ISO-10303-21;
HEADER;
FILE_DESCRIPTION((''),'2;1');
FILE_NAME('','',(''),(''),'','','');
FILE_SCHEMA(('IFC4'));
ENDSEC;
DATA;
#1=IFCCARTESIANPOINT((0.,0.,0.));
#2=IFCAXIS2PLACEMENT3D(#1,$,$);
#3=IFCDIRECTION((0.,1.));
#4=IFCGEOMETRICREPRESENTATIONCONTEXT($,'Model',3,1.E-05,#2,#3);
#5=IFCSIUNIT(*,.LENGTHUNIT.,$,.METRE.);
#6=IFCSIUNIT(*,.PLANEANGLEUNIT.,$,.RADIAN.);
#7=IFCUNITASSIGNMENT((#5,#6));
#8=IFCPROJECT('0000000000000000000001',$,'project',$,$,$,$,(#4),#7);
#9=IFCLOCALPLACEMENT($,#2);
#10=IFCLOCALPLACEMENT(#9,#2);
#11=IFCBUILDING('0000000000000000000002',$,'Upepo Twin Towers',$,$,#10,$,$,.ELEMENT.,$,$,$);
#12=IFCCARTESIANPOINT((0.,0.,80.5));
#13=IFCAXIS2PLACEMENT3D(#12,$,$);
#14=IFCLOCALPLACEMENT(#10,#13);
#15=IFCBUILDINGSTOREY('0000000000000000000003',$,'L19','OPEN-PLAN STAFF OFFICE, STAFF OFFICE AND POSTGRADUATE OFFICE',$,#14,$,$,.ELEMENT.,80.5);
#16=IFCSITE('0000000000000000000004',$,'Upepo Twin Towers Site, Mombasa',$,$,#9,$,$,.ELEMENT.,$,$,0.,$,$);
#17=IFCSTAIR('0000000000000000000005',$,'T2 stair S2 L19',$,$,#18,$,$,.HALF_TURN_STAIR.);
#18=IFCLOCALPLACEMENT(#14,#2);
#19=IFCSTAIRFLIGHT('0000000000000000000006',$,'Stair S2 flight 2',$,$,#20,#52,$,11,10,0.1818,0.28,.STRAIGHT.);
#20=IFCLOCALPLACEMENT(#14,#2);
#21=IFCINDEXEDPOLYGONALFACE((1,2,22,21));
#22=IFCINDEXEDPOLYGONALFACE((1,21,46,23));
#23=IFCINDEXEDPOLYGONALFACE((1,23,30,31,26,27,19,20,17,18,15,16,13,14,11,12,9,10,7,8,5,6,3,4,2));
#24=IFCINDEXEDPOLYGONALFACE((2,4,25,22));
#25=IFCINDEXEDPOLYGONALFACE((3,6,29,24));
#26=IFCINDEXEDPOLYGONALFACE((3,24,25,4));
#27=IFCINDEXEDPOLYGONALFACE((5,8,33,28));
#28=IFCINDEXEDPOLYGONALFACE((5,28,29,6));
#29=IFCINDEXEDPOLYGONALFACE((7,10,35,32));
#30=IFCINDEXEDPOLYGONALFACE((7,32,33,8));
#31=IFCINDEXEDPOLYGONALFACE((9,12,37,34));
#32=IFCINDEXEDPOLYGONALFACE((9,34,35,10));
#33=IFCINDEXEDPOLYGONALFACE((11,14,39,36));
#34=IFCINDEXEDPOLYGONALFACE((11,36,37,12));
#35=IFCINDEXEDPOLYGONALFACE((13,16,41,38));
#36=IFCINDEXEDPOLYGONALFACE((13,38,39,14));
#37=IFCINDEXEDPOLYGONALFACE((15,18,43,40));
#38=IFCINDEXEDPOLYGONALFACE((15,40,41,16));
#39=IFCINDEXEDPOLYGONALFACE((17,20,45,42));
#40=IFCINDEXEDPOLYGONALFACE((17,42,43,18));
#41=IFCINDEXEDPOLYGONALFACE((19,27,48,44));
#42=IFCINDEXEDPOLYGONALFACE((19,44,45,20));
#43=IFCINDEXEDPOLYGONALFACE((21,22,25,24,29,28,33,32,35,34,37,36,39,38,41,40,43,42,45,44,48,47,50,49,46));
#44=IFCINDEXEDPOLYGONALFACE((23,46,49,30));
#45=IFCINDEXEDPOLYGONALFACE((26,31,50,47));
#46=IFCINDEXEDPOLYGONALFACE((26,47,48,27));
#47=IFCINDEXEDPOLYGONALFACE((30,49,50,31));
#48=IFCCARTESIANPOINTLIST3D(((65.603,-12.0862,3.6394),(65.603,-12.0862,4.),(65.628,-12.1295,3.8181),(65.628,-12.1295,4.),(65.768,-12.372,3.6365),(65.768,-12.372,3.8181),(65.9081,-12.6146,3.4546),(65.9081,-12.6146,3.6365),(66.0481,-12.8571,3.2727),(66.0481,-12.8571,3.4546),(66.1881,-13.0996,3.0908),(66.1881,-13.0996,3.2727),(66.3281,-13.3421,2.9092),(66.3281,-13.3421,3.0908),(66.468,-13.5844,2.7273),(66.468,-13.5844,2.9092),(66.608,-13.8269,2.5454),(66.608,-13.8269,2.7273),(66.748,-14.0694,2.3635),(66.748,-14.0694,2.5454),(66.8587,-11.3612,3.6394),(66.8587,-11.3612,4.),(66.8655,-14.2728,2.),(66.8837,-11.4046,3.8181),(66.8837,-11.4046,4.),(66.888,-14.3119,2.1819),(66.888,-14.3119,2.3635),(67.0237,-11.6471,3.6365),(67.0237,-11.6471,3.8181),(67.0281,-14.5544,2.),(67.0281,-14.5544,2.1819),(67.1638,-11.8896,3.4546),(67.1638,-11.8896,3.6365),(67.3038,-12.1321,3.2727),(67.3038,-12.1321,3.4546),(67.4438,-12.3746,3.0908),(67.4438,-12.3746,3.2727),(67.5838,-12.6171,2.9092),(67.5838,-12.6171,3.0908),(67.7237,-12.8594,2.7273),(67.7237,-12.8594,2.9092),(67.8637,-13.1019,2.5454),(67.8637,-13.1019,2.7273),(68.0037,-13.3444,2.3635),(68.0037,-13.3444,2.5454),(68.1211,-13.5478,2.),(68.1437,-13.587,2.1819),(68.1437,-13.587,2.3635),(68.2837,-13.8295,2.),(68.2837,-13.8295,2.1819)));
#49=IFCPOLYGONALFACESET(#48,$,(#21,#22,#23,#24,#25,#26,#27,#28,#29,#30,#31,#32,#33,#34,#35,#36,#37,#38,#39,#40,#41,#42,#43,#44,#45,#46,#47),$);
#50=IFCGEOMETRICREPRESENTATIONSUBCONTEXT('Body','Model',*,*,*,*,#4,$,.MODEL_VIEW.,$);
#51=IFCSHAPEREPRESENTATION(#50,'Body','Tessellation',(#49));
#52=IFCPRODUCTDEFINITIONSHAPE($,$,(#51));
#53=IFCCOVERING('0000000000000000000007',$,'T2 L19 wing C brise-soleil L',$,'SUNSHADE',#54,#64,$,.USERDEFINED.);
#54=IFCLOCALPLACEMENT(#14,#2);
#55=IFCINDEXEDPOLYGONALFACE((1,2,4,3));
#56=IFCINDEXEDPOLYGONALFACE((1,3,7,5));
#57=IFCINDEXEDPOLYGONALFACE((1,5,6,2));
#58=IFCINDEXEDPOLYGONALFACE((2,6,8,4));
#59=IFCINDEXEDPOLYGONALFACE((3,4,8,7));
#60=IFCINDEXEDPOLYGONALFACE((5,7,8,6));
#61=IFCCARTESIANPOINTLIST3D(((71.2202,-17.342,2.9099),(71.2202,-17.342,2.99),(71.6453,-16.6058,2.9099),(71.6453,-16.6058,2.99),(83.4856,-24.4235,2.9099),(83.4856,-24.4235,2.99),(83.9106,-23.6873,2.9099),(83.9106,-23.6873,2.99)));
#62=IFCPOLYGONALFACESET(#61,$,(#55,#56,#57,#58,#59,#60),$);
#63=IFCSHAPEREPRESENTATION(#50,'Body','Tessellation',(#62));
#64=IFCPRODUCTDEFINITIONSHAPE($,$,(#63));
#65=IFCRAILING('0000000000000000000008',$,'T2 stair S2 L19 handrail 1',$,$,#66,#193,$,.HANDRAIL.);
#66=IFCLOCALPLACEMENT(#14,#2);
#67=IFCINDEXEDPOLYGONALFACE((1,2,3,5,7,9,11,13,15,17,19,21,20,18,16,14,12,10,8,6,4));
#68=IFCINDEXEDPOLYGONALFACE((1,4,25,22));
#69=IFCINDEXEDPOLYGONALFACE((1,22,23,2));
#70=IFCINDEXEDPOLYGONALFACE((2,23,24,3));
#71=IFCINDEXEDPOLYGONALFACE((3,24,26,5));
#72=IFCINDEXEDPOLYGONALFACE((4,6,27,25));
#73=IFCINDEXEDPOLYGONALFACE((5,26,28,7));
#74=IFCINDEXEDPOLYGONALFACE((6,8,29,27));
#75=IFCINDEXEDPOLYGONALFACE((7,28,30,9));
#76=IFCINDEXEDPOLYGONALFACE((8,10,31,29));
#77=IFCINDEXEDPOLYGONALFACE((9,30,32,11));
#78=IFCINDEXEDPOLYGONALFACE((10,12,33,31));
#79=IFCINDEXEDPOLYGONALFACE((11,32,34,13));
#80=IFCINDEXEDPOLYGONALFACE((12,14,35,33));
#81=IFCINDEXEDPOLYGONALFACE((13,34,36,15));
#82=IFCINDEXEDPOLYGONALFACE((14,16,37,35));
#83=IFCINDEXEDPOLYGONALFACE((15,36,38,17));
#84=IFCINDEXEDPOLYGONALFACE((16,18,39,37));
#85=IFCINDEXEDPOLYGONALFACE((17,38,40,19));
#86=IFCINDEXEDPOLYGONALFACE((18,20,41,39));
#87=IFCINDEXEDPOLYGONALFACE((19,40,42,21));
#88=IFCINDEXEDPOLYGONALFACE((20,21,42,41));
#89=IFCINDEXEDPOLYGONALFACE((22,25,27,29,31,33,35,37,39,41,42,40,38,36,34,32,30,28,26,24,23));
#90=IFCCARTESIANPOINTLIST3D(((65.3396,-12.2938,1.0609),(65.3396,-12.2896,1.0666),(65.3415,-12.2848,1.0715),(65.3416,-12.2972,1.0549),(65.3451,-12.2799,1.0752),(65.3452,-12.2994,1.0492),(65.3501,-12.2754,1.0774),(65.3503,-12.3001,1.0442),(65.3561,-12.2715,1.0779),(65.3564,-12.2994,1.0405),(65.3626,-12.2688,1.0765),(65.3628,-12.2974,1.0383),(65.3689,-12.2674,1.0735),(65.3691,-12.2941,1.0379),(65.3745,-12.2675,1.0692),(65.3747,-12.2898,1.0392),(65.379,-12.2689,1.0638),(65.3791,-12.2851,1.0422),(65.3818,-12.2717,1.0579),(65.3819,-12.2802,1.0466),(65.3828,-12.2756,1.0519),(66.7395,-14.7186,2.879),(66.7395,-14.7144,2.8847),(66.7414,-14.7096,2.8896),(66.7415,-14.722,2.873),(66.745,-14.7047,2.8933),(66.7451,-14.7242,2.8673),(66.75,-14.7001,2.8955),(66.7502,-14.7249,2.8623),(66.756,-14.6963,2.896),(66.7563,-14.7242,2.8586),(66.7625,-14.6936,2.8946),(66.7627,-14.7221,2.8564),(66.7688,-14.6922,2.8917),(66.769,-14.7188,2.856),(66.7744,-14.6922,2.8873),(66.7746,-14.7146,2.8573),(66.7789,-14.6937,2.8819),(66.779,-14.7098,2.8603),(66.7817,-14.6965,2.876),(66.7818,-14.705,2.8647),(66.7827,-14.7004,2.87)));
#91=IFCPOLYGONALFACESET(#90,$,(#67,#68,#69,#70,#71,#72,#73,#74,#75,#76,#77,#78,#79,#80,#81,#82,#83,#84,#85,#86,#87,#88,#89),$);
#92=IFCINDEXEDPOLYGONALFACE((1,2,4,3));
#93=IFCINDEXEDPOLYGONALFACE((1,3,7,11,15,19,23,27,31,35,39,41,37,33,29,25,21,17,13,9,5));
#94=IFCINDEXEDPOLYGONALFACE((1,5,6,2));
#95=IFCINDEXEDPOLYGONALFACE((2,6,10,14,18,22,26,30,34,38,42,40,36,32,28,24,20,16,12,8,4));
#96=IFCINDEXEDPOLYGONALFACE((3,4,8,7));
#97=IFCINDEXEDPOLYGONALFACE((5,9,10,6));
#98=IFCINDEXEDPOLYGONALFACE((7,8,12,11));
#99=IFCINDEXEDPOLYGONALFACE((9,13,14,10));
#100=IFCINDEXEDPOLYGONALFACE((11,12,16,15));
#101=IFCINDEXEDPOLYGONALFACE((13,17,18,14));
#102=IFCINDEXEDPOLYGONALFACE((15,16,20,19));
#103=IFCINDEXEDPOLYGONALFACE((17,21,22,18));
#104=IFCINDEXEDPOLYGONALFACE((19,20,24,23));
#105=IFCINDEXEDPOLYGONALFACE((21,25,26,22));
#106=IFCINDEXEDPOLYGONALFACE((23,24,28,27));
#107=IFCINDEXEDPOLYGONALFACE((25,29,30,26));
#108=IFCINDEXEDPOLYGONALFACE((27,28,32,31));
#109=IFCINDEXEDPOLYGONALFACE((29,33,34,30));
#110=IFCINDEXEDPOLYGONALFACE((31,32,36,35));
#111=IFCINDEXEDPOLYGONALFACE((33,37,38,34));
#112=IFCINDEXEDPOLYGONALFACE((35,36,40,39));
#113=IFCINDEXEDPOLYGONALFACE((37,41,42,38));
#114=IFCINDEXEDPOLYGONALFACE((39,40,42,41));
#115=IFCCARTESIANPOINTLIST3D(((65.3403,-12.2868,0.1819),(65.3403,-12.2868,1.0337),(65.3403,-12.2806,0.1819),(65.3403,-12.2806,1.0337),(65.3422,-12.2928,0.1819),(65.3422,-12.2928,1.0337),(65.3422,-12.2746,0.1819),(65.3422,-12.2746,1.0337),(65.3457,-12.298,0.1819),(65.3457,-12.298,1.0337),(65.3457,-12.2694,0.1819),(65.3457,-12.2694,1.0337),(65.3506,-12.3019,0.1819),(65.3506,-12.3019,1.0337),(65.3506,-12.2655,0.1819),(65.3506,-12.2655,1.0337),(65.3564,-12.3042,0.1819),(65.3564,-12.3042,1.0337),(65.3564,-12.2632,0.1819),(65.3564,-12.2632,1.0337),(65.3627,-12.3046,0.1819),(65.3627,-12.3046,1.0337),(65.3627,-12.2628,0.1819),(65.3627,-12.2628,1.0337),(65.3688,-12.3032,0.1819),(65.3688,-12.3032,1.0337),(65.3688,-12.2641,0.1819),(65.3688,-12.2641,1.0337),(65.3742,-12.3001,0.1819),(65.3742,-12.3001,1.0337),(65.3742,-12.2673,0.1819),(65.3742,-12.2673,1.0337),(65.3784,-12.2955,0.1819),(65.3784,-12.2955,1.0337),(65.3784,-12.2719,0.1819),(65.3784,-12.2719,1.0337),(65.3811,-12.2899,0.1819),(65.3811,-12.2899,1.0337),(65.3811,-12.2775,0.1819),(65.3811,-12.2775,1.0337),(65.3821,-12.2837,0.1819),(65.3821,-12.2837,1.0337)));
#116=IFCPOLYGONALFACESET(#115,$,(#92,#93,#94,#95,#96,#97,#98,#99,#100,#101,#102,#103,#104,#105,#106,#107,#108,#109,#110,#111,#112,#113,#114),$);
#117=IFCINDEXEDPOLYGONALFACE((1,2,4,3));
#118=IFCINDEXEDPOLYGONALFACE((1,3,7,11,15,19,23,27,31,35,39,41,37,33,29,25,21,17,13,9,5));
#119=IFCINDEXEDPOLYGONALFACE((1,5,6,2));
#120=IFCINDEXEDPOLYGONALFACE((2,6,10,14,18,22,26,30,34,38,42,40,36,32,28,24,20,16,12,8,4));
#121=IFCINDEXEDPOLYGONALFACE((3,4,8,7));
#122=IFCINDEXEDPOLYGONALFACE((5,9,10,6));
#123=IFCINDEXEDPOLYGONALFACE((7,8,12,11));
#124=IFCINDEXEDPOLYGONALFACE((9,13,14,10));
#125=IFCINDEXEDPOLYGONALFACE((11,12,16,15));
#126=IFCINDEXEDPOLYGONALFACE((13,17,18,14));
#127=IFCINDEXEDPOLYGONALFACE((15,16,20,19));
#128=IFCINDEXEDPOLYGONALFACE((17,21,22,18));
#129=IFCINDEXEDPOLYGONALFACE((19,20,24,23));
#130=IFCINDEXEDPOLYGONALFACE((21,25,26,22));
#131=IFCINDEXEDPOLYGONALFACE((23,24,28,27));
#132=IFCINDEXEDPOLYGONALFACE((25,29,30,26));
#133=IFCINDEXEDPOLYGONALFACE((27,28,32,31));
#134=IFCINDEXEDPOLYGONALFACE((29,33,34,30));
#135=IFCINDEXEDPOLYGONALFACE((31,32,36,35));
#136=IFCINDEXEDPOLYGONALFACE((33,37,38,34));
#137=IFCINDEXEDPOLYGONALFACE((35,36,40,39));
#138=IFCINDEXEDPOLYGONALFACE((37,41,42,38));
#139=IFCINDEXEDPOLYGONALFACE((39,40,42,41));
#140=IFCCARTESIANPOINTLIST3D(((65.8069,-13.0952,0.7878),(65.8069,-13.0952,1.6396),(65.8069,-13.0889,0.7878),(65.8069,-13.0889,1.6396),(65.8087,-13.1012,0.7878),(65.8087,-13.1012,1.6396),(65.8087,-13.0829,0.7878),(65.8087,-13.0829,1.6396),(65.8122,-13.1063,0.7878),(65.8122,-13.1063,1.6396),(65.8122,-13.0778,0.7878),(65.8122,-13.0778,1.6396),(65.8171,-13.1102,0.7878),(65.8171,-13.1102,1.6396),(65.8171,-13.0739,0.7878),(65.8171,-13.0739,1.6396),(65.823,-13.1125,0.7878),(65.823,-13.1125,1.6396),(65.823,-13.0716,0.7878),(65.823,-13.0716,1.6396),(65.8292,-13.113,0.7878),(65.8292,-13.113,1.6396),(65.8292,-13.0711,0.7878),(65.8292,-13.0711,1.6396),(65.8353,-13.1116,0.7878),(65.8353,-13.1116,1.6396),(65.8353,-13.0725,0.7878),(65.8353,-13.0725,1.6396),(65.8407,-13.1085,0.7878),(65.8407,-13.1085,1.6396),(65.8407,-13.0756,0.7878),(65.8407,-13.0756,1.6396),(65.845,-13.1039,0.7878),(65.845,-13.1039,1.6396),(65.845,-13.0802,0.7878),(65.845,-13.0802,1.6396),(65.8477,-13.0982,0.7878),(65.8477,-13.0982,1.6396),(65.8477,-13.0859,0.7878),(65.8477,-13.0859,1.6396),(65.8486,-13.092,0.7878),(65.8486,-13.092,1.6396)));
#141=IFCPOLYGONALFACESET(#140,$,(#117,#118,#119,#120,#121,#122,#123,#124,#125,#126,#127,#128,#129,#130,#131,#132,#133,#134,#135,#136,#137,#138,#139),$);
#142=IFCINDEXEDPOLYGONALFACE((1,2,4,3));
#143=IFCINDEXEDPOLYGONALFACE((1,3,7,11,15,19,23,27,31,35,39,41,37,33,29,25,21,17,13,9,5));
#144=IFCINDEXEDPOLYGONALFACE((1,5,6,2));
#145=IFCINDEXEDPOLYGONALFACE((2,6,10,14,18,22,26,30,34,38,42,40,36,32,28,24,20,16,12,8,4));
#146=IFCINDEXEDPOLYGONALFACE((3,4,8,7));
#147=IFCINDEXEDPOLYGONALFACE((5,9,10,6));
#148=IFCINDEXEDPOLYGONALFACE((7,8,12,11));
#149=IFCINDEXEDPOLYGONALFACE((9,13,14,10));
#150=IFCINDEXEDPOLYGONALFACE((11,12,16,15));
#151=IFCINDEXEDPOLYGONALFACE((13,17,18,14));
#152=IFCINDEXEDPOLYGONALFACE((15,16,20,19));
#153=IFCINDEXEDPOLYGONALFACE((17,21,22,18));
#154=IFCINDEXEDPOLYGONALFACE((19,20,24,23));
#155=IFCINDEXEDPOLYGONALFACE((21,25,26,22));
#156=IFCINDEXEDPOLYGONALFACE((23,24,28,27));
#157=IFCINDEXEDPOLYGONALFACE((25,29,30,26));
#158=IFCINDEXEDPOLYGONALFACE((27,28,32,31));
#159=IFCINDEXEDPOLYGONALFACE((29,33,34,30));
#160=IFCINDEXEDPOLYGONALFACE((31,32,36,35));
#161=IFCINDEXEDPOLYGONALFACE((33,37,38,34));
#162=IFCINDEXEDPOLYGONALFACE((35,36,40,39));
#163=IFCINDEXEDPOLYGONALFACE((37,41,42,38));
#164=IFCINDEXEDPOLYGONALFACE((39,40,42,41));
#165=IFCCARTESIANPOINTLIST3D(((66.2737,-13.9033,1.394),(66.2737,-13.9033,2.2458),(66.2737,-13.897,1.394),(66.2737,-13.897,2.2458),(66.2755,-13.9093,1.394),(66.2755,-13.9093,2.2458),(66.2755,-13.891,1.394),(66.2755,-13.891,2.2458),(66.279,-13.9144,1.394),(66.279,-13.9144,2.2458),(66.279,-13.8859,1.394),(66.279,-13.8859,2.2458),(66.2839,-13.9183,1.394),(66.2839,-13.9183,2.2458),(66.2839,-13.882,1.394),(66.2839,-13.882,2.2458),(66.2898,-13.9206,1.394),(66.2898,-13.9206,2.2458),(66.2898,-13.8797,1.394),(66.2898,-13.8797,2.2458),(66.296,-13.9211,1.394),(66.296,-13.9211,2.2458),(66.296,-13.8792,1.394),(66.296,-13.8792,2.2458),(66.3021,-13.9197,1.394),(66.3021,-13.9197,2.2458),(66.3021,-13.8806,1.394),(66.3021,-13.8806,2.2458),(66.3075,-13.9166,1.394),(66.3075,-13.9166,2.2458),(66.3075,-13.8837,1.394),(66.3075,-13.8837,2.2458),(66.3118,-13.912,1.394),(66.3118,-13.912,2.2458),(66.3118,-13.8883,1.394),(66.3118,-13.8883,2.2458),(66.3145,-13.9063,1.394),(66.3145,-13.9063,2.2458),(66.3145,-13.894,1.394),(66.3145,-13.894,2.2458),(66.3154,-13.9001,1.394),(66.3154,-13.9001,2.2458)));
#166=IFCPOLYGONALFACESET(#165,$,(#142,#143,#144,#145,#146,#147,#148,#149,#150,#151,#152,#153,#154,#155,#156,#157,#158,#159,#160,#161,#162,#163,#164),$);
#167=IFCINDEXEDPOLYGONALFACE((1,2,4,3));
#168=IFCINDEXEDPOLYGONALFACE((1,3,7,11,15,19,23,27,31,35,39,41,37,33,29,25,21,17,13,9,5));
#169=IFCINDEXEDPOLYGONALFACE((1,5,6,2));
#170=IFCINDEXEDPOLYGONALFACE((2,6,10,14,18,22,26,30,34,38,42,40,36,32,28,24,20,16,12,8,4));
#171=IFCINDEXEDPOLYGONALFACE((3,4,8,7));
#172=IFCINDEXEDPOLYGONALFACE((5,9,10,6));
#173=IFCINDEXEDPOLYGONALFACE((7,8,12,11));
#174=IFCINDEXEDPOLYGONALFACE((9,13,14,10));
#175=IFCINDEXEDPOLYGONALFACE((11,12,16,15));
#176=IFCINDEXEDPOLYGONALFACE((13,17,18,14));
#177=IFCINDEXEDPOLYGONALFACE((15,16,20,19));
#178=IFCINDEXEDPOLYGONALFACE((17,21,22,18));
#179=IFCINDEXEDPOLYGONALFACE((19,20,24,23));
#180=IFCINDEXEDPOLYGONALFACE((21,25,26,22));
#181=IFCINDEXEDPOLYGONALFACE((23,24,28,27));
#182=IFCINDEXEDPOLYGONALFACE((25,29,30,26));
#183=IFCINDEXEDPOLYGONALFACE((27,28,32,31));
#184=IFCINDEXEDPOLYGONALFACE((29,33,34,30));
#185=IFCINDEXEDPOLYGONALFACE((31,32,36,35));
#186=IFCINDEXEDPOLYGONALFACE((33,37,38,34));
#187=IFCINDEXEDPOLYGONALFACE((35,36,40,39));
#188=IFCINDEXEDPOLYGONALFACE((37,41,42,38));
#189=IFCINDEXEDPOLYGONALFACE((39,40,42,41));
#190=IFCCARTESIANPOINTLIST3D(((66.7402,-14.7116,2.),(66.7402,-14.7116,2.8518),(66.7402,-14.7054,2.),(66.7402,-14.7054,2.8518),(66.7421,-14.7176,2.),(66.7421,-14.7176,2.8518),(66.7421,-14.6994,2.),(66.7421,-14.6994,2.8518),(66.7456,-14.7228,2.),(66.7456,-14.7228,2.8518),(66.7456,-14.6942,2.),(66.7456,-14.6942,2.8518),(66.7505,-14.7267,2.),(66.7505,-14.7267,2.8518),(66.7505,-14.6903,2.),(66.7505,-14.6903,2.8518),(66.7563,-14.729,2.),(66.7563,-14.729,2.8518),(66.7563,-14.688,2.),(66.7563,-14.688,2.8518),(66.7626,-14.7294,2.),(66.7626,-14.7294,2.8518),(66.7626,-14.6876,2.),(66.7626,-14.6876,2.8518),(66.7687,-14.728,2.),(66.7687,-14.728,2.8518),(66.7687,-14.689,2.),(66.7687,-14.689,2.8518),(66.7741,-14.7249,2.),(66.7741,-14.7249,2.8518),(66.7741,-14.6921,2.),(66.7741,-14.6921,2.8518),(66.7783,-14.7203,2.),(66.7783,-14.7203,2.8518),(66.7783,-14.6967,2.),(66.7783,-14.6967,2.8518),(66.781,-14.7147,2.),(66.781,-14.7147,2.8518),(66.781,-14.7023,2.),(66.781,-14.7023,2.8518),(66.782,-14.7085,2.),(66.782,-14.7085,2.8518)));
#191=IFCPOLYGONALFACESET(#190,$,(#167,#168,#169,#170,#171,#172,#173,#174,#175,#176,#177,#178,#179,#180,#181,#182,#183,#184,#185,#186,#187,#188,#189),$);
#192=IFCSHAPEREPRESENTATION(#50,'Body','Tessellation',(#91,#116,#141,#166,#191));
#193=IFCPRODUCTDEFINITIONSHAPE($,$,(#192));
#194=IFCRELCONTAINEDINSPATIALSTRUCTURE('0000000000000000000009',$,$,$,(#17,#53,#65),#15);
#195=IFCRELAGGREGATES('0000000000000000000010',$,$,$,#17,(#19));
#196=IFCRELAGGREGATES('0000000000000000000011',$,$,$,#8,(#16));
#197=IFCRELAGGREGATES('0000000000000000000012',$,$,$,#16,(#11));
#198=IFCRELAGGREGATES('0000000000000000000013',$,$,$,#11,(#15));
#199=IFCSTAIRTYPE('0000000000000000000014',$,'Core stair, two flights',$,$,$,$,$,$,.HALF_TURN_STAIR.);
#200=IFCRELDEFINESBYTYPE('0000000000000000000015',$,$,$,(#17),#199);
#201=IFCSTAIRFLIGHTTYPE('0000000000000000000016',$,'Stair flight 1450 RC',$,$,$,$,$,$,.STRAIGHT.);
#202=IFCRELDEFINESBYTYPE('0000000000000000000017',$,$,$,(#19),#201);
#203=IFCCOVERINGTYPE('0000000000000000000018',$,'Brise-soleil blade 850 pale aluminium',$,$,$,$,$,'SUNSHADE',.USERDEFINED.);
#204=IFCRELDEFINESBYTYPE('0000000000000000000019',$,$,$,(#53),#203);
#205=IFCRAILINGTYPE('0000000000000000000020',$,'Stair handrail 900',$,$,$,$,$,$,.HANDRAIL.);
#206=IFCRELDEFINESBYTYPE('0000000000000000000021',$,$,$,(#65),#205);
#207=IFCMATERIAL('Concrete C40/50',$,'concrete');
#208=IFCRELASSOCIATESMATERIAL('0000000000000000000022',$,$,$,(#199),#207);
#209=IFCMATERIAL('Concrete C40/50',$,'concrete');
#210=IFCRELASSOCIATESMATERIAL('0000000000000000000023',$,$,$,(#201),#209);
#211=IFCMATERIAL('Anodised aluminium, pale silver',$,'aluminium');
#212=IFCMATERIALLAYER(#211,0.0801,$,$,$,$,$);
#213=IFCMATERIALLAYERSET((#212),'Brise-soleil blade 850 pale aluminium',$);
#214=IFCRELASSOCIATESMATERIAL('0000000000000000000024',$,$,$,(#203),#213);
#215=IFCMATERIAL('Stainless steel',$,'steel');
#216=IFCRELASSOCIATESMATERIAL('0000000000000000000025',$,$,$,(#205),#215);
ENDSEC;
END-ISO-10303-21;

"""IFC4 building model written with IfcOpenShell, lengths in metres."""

from ifc_helpers import new_model, si_unit, direction, frame, origin, origin_2d, place, context, subcontext, project, spatial, polyline, rectangle, circle, outline, extrude, material, layer, layer_set, type_object, element, aggregate, save


model = new_model("IFC4")

# Units and contexts
model_context = context("Model", 3, precision=1e-05, world=origin(), true_north=direction((0.0, 1.0)))
body_context = subcontext(model_context, "Body", "Model", "MODEL_VIEW")
ifc_project = project(units=[si_unit("LENGTHUNIT", "METRE"), si_unit("PLANEANGLEUNIT", "RADIAN")], contexts=[model_context])

# Site, building, storey
site_placement = place(None, origin())
site = spatial("IfcSite", under=ifc_project, at=site_placement, Name="Upepo Twin Towers Site, Mombasa", CompositionType="ELEMENT", RefElevation=0.0)
building_placement = place(site_placement, origin())
building = spatial("IfcBuilding", under=site, at=building_placement, Name="Upepo Twin Towers", CompositionType="ELEMENT")
storey_placement = place(building_placement, frame((0.0, 0.0, 80.5)))
storey = spatial("IfcBuildingStorey", under=building, at=storey_placement, Name="L19", Description="OPEN-PLAN STAFF OFFICE, STAFF OFFICE AND POSTGRADUATE OFFICE", CompositionType="ELEMENT", Elevation=80.5)

# Stair, stair flight
ifc_material_1 = material(Name="Concrete C40/50", Category="concrete")
stair_type = type_object("IfcStairType", Name="Core stair, two flights", PredefinedType="HALF_TURN_STAIR", material=ifc_material_1)
stair_placement = place(storey_placement, origin())
stair = element("IfcStair", 1, at=stair_placement, inside=storey, type_object=stair_type, Name="T2 stair S2 L19", PredefinedType="HALF_TURN_STAIR")
ifc_material_2 = material(Name="Concrete C40/50", Category="concrete")
stair_flight_type = type_object("IfcStairFlightType", Name="Stair flight 1450 RC", PredefinedType="STRAIGHT", material=ifc_material_2)
stair_flight_placement = place(storey_placement, frame((67.656, -14.1919, 2.0), z_axis=(0.0, 0.0, 1.0), x_axis=(-0.5, 0.866025, 0.0)))
stair_flight = element("IfcStairFlight", 2, at=stair_flight_placement, type_object=stair_flight_type, Name="Stair S2 flight 2", NumberOfRisers=11, NumberOfTreads=10, PredefinedType="STRAIGHT", RiserHeight=0.1818, TreadLength=0.28, context=body_context, shape_type="SweptSolid", body=[
    extrude(outline(polyline([(0.0, 0.0), (0.0, 0.1819), (0.28, 0.1819), (0.28, 0.3635), (0.5601, 0.3635), (0.5601, 0.5454), (0.8401, 0.5454), (0.8401, 0.7273), (1.1201, 0.7273), (1.1201, 0.9092), (1.3999, 0.9092), (1.3999, 1.0908), (1.6799, 1.0908), (1.6799, 1.2727), (1.96, 1.2727), (1.96, 1.4546), (2.24, 1.4546), (2.24, 1.6365), (2.52, 1.6365), (2.52, 1.8181), (2.8, 1.8181), (2.8, 2.0), (2.8501, 2.0), (2.8501, 1.6394), (0.3252, 0.0), (0.0, 0.0)])), frame((0.0, 0.7251, 0.0), z_axis=(0.0, -1.0, 0.0), x_axis=(1.0, 0.0, 0.0)), (0.0, 0.0, 1.0), 1.45),
])
aggregate(stair, [stair_flight])

# Covering
ifc_material_3 = material(Name="Anodised aluminium, pale silver", Category="aluminium")
ifc_layer_1 = layer(ifc_material_3, 0.0801)
ifc_layer_set_1 = layer_set([ifc_layer_1], Name="Brise-soleil blade 850 pale aluminium")
covering_type = type_object("IfcCoveringType", Name="Brise-soleil blade 850 pale aluminium", ElementType="SUNSHADE", PredefinedType="USERDEFINED", material=ifc_layer_set_1)
covering_placement = place(storey_placement, frame((77.5654, -20.5146, 2.9099), z_axis=(0.0, 0.0, 1.0), x_axis=(0.866025, -0.5, 0.0)))
element("IfcCovering", 3, at=covering_placement, inside=storey, type_object=covering_type, Name="T2 L19 wing C brise-soleil L", ObjectType="SUNSHADE", PredefinedType="USERDEFINED", context=body_context, shape_type="SweptSolid", body=[
    extrude(rectangle(XDim=14.1628, YDim=0.8501, at=origin_2d()), origin(), (0.0, 0.0, 1.0), 0.0801),
])

# Railing
ifc_material_4 = material(Name="Stainless steel", Category="steel")
railing_type = type_object("IfcRailingType", Name="Stair handrail 900", PredefinedType="HANDRAIL", material=ifc_material_4)
railing_1_placement = place(storey_placement, frame((65.3611, -12.2837, 0.1819)))
element("IfcRailing", 4, at=railing_1_placement, inside=storey, type_object=railing_type, Name="T2 stair S2 L19 handrail 1", PredefinedType="HANDRAIL", context=body_context, shape_type="SweptSolid", body=[
    extrude(circle(Radius=0.0239, at=origin_2d()), frame((0.0, 0.0, 0.876), z_axis=(0.419333, -0.726336, 0.544606), x_axis=(0.866035, 0.499984, 0.0)), (0.0, 0.0, 1.0), 3.3384),
    extrude(circle(Radius=0.021, at=origin_2d()), origin(), (0.0, 0.0, 1.0), 0.8518),
    extrude(circle(Radius=0.021, at=origin_2d()), frame((0.4666, -0.8083, 0.606)), (0.0, 0.0, 1.0), 0.8518),
    extrude(circle(Radius=0.021, at=origin_2d()), frame((0.9333, -1.6165, 1.2122)), (0.0, 0.0, 1.0), 0.8518),
    extrude(circle(Radius=0.021, at=origin_2d()), frame((1.3999, -2.4248, 1.8181)), (0.0, 0.0, 1.0), 0.8518),
])

save(model, "model.ifc")
